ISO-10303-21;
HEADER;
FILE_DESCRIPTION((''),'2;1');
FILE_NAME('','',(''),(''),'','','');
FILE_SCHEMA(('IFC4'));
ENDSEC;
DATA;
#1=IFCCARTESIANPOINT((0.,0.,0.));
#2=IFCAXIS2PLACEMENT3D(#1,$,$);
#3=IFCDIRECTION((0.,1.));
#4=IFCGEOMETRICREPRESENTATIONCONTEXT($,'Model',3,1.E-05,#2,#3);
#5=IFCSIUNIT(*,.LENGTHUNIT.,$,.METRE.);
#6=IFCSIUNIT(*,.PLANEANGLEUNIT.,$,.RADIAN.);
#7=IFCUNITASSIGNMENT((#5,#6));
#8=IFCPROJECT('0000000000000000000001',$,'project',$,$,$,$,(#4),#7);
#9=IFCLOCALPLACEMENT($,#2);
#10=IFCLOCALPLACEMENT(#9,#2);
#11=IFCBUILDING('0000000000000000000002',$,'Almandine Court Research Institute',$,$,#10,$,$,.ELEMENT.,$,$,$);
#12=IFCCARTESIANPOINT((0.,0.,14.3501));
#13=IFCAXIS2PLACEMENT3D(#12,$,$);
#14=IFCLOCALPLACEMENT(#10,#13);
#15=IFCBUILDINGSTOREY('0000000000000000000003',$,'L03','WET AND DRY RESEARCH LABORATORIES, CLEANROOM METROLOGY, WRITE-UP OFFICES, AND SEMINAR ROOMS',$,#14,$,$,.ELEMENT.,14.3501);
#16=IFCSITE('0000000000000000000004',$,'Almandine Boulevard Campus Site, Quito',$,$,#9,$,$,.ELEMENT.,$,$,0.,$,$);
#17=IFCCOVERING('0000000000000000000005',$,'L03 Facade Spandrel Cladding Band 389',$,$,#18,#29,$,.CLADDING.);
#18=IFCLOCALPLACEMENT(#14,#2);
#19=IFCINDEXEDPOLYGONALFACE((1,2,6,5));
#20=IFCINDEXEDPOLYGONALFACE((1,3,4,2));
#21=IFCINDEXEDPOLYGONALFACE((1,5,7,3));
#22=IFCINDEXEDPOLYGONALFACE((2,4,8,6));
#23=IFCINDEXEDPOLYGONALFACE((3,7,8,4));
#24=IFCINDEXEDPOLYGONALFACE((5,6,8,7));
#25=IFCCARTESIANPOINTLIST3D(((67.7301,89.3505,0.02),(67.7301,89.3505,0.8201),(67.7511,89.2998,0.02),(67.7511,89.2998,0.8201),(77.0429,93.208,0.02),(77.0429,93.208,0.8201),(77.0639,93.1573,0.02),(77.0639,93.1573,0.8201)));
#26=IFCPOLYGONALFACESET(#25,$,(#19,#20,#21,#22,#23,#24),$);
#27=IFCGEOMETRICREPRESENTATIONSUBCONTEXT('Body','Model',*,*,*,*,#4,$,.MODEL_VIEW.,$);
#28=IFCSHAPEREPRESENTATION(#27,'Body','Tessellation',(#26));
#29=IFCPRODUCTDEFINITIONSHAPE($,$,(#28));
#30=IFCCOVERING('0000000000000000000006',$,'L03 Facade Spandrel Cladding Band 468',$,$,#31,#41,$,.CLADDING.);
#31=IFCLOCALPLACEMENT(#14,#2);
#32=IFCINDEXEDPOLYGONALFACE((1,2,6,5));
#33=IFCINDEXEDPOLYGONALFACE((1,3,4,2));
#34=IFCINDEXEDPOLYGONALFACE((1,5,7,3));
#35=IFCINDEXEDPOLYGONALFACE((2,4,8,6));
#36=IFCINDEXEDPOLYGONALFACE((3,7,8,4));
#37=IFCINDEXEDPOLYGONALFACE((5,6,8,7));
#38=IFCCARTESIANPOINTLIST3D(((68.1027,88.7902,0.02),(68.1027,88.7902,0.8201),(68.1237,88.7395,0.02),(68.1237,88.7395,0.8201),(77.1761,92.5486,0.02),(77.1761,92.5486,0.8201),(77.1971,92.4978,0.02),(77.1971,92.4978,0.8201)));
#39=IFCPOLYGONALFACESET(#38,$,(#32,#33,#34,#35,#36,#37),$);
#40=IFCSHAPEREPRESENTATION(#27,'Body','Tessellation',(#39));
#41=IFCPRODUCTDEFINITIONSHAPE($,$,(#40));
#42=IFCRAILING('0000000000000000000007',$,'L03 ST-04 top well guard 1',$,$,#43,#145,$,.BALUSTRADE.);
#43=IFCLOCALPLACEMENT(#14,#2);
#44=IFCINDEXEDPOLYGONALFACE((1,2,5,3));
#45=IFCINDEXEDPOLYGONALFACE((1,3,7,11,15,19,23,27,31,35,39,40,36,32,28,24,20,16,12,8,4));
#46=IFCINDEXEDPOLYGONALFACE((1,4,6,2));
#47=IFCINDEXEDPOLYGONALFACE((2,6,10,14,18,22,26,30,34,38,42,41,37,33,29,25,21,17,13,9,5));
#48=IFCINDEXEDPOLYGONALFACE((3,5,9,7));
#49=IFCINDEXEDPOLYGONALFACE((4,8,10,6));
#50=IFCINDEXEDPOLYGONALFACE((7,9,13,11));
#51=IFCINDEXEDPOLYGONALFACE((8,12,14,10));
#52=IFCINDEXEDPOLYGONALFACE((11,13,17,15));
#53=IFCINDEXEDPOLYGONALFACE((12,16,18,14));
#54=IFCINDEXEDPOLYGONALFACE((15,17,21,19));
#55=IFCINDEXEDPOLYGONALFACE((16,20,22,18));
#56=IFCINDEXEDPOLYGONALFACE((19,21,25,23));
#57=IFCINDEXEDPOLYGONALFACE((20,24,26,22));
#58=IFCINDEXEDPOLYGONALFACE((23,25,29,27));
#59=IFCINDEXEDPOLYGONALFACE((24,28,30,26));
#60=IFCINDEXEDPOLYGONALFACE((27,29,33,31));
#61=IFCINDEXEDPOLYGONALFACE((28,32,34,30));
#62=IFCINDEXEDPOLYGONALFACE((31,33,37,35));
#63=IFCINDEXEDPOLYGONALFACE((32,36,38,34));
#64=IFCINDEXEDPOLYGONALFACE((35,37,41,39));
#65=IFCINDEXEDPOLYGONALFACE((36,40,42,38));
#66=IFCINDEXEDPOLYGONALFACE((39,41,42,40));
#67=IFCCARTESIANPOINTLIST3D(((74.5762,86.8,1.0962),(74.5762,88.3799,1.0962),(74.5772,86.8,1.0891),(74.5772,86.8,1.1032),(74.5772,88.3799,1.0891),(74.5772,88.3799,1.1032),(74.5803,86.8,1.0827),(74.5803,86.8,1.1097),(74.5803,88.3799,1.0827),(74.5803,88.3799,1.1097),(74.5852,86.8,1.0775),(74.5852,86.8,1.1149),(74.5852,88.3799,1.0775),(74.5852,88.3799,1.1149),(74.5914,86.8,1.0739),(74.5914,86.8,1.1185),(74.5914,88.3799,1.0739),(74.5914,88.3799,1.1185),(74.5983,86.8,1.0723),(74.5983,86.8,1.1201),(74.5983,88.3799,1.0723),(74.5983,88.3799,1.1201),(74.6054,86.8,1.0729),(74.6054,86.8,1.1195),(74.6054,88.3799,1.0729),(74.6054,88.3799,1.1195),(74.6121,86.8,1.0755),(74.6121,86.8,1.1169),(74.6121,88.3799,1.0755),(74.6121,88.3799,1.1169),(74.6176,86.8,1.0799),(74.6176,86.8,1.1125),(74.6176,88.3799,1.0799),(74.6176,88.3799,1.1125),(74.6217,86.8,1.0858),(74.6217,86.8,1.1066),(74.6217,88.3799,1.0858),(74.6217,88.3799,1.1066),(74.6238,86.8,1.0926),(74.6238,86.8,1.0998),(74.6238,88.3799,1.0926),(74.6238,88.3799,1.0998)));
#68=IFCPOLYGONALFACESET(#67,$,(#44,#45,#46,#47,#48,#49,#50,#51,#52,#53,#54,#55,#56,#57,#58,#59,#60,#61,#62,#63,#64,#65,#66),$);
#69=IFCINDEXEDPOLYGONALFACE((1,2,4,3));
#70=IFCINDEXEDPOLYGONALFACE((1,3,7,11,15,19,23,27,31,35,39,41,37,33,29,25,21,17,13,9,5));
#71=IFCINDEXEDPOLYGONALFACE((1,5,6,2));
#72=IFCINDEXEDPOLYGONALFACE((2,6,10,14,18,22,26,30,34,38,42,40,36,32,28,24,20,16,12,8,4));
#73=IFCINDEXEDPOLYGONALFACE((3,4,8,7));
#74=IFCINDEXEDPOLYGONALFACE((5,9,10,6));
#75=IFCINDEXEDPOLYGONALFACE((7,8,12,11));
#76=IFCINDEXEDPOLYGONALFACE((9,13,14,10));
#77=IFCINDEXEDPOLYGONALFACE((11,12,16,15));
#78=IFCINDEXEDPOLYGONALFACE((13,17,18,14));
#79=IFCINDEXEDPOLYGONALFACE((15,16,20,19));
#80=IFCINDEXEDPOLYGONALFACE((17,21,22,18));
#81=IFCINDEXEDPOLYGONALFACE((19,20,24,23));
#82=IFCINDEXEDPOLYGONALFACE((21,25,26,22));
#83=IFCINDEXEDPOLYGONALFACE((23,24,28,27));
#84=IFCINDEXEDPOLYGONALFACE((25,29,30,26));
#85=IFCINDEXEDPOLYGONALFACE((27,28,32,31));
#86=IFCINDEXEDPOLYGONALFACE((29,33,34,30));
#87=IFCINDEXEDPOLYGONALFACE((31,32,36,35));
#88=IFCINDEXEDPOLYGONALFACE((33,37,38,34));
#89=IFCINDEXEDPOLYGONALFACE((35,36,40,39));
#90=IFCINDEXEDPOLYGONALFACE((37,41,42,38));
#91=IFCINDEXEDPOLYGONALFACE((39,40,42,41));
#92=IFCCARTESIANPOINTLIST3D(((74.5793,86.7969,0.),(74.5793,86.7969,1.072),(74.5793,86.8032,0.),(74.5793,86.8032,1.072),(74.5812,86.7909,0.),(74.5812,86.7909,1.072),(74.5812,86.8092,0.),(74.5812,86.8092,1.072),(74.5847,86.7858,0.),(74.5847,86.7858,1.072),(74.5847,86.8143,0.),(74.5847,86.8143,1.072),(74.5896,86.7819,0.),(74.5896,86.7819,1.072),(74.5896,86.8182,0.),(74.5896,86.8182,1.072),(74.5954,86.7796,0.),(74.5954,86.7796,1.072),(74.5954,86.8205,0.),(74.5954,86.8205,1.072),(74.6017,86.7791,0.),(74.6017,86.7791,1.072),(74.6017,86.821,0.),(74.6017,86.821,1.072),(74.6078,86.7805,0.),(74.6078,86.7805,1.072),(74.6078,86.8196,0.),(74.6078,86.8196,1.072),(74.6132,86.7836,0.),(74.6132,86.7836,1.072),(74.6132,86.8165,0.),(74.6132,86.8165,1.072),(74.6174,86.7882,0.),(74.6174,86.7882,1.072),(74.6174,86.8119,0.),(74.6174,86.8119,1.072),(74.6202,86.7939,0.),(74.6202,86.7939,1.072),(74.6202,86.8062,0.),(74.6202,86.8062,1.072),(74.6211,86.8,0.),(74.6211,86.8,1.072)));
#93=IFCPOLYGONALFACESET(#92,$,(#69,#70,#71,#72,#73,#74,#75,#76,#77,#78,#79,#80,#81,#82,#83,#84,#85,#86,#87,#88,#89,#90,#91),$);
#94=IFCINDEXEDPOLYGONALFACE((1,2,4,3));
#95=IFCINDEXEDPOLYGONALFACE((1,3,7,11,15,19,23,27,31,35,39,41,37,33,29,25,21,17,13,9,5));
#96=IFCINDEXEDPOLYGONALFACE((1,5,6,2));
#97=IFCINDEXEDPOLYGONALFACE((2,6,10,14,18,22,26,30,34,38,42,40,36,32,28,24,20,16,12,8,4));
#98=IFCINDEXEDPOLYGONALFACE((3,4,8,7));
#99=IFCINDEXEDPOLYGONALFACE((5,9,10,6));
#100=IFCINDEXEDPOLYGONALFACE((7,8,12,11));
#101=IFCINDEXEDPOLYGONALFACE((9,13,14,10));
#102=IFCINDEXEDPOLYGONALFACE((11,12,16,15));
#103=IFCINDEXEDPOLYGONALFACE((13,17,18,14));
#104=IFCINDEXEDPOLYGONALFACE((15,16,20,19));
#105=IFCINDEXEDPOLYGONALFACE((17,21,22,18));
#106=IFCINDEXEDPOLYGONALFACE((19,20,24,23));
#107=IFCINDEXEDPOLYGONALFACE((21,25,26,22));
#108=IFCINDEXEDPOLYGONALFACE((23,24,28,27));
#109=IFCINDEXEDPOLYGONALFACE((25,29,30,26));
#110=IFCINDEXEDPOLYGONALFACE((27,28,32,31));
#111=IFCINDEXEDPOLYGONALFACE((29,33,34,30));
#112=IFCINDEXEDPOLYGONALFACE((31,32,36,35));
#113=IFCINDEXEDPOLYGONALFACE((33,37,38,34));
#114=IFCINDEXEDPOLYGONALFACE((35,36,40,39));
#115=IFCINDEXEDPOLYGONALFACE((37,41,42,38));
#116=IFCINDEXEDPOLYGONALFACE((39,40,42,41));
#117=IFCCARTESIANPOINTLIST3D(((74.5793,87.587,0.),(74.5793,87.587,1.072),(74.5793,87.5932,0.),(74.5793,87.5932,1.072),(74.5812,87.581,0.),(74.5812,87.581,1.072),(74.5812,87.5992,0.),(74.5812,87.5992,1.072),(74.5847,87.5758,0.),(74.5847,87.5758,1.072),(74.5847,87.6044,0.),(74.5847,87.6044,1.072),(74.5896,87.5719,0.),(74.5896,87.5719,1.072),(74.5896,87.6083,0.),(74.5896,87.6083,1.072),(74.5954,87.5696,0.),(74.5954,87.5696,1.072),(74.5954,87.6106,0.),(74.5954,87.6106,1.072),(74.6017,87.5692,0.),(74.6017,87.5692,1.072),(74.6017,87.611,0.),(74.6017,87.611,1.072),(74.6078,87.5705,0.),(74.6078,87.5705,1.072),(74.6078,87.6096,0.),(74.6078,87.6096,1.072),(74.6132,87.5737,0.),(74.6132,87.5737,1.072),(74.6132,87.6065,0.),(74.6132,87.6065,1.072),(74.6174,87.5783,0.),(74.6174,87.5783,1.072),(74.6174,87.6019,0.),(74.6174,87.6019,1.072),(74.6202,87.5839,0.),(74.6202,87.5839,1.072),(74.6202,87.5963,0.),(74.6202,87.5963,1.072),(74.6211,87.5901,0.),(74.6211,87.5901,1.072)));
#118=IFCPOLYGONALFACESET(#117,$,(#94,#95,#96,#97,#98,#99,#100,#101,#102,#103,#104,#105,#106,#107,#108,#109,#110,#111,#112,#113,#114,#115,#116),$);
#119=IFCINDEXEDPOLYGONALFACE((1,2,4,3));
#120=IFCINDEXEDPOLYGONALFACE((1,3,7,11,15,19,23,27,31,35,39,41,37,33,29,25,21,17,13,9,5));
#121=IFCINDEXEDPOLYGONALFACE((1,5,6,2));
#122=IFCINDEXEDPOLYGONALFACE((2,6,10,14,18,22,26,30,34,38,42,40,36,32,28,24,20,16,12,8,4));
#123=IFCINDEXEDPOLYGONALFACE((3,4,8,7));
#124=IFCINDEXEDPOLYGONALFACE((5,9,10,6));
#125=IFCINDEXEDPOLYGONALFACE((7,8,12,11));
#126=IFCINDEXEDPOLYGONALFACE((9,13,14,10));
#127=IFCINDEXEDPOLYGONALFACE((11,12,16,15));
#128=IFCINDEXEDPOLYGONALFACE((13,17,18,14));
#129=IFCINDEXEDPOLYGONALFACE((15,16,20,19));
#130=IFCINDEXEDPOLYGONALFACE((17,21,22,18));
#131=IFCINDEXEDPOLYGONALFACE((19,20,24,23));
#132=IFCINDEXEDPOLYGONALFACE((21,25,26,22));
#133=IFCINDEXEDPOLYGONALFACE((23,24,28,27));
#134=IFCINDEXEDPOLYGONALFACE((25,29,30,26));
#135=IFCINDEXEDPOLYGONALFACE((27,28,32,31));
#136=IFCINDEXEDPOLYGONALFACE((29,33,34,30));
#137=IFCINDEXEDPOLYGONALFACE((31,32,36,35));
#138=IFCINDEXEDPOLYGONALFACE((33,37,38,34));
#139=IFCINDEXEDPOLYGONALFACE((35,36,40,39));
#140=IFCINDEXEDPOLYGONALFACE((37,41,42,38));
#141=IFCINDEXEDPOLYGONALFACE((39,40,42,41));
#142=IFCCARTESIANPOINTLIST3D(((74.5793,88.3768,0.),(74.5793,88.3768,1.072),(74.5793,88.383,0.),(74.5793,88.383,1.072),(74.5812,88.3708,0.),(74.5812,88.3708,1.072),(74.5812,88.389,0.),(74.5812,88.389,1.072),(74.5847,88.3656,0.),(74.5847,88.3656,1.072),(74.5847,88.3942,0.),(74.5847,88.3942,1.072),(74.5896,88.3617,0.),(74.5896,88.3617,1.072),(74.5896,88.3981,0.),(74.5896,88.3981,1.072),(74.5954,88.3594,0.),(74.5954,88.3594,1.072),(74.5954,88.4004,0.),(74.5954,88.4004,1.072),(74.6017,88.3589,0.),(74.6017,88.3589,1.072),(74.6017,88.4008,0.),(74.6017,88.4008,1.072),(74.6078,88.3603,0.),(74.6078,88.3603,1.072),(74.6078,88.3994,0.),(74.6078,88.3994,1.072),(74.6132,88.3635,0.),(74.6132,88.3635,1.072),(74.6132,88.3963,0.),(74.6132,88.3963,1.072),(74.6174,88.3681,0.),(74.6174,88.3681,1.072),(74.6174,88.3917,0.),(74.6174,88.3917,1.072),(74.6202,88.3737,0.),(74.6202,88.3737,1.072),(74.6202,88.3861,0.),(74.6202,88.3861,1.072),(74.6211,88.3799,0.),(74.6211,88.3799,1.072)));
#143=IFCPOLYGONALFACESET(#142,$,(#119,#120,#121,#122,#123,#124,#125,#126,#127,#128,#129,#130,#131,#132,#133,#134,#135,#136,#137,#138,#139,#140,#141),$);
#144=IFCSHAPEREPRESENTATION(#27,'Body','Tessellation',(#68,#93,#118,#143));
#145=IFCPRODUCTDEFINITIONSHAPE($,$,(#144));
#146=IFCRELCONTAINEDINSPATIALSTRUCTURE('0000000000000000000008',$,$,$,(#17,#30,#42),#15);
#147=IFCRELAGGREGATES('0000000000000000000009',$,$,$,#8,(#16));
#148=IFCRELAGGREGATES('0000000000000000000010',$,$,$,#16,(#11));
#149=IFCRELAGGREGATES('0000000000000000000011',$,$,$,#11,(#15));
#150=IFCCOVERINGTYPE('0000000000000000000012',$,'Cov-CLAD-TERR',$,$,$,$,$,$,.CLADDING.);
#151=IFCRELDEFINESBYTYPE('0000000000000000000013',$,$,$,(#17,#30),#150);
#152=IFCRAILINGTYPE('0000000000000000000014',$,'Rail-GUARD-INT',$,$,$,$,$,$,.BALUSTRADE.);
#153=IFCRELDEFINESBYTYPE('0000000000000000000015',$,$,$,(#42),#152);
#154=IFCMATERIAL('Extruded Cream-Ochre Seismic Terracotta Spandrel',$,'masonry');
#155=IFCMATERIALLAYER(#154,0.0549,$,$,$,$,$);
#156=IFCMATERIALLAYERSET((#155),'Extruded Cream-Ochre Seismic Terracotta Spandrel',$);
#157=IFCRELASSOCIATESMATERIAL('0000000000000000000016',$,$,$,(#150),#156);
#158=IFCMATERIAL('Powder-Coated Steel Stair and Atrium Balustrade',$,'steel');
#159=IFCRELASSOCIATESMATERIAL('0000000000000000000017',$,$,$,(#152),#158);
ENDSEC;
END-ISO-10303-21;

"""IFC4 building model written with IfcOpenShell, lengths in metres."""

from ifc_helpers import new_model, si_unit, direction, frame, origin, origin_2d, place, context, subcontext, project, spatial, rectangle, circle, extrude, material, layer, layer_set, type_object, element, save


model = new_model("IFC4")

# Units and contexts
model_context = context("Model", 3, precision=1e-05, world=origin(), true_north=direction((0.0, 1.0)))
body_context = subcontext(model_context, "Body", "Model", "MODEL_VIEW")
ifc_project = project(units=[si_unit("LENGTHUNIT", "METRE"), si_unit("PLANEANGLEUNIT", "RADIAN")], contexts=[model_context])

# Site, building, storey
site_placement = place(None, origin())
site = spatial("IfcSite", under=ifc_project, at=site_placement, Name="Almandine Boulevard Campus Site, Quito", CompositionType="ELEMENT", RefElevation=0.0)
building_placement = place(site_placement, origin())
building = spatial("IfcBuilding", under=site, at=building_placement, Name="Almandine Court Research Institute", CompositionType="ELEMENT")
storey_placement = place(building_placement, frame((0.0, 0.0, 14.3501)))
storey = spatial("IfcBuildingStorey", under=building, at=storey_placement, Name="L03", Description="WET AND DRY RESEARCH LABORATORIES, CLEANROOM METROLOGY, WRITE-UP OFFICES, AND SEMINAR ROOMS", CompositionType="ELEMENT", Elevation=14.3501)

# Coverings
ifc_material_1 = material(Name="Extruded Cream-Ochre Seismic Terracotta Spandrel", Category="masonry")
ifc_layer_1 = layer(ifc_material_1, 0.0549)
ifc_layer_set_1 = layer_set([ifc_layer_1], Name="Extruded Cream-Ochre Seismic Terracotta Spandrel")
covering_type = type_object("IfcCoveringType", Name="Cov-CLAD-TERR", PredefinedType="CLADDING", material=ifc_layer_set_1)
covering_1_placement = place(storey_placement, frame((72.397, 91.2539, 0.02), z_axis=(0.0, 0.0, 1.0), x_axis=(-0.92388, -0.382683, 0.0)))
element("IfcCovering", 1, at=covering_1_placement, inside=storey, type_object=covering_type, Name="L03 Facade Spandrel Cladding Band 389", PredefinedType="CLADDING", context=body_context, shape_type="SweptSolid", body=[
    extrude(rectangle(XDim=10.0801, YDim=0.0549, at=origin_2d()), origin(), (0.0, 0.0, 1.0), 0.8),
])
covering_2_placement = place(storey_placement, frame((72.6499, 90.644, 0.02), z_axis=(0.0, 0.0, 1.0), x_axis=(0.92388, 0.382683, 0.0)))
element("IfcCovering", 2, at=covering_2_placement, inside=storey, type_object=covering_type, Name="L03 Facade Spandrel Cladding Band 468", PredefinedType="CLADDING", context=body_context, shape_type="SweptSolid", body=[
    extrude(rectangle(XDim=9.821, YDim=0.0549, at=origin_2d()), origin(), (0.0, 0.0, 1.0), 0.8),
])

# Railing
ifc_material_2 = material(Name="Powder-Coated Steel Stair and Atrium Balustrade", Category="steel")
railing_type = type_object("IfcRailingType", Name="Rail-GUARD-INT", PredefinedType="BALUSTRADE", material=ifc_material_2)
railing_1_placement = place(storey_placement, frame((74.6001, 86.8, 0.0)))
element("IfcRailing", 3, at=railing_1_placement, inside=storey, type_object=railing_type, Name="L03 ST-04 top well guard 1", PredefinedType="BALUSTRADE", context=body_context, shape_type="SweptSolid", body=[
    extrude(circle(Radius=0.0239, at=origin_2d()), frame((0.0, 0.0, 1.0962), z_axis=(0.0, 1.0, 0.0), x_axis=(-1.0, 0.0, 0.0)), (0.0, 0.0, 1.0), 1.5798),
    extrude(circle(Radius=0.021, at=origin_2d()), origin(), (0.0, 0.0, 1.0), 1.072),
    extrude(circle(Radius=0.021, at=origin_2d()), frame((0.0, 0.79, 0.0)), (0.0, 0.0, 1.0), 1.072),
    extrude(circle(Radius=0.021, at=origin_2d()), frame((0.0, 1.5798, 0.0)), (0.0, 0.0, 1.0), 1.072),
])

save(model, "model.ifc")
